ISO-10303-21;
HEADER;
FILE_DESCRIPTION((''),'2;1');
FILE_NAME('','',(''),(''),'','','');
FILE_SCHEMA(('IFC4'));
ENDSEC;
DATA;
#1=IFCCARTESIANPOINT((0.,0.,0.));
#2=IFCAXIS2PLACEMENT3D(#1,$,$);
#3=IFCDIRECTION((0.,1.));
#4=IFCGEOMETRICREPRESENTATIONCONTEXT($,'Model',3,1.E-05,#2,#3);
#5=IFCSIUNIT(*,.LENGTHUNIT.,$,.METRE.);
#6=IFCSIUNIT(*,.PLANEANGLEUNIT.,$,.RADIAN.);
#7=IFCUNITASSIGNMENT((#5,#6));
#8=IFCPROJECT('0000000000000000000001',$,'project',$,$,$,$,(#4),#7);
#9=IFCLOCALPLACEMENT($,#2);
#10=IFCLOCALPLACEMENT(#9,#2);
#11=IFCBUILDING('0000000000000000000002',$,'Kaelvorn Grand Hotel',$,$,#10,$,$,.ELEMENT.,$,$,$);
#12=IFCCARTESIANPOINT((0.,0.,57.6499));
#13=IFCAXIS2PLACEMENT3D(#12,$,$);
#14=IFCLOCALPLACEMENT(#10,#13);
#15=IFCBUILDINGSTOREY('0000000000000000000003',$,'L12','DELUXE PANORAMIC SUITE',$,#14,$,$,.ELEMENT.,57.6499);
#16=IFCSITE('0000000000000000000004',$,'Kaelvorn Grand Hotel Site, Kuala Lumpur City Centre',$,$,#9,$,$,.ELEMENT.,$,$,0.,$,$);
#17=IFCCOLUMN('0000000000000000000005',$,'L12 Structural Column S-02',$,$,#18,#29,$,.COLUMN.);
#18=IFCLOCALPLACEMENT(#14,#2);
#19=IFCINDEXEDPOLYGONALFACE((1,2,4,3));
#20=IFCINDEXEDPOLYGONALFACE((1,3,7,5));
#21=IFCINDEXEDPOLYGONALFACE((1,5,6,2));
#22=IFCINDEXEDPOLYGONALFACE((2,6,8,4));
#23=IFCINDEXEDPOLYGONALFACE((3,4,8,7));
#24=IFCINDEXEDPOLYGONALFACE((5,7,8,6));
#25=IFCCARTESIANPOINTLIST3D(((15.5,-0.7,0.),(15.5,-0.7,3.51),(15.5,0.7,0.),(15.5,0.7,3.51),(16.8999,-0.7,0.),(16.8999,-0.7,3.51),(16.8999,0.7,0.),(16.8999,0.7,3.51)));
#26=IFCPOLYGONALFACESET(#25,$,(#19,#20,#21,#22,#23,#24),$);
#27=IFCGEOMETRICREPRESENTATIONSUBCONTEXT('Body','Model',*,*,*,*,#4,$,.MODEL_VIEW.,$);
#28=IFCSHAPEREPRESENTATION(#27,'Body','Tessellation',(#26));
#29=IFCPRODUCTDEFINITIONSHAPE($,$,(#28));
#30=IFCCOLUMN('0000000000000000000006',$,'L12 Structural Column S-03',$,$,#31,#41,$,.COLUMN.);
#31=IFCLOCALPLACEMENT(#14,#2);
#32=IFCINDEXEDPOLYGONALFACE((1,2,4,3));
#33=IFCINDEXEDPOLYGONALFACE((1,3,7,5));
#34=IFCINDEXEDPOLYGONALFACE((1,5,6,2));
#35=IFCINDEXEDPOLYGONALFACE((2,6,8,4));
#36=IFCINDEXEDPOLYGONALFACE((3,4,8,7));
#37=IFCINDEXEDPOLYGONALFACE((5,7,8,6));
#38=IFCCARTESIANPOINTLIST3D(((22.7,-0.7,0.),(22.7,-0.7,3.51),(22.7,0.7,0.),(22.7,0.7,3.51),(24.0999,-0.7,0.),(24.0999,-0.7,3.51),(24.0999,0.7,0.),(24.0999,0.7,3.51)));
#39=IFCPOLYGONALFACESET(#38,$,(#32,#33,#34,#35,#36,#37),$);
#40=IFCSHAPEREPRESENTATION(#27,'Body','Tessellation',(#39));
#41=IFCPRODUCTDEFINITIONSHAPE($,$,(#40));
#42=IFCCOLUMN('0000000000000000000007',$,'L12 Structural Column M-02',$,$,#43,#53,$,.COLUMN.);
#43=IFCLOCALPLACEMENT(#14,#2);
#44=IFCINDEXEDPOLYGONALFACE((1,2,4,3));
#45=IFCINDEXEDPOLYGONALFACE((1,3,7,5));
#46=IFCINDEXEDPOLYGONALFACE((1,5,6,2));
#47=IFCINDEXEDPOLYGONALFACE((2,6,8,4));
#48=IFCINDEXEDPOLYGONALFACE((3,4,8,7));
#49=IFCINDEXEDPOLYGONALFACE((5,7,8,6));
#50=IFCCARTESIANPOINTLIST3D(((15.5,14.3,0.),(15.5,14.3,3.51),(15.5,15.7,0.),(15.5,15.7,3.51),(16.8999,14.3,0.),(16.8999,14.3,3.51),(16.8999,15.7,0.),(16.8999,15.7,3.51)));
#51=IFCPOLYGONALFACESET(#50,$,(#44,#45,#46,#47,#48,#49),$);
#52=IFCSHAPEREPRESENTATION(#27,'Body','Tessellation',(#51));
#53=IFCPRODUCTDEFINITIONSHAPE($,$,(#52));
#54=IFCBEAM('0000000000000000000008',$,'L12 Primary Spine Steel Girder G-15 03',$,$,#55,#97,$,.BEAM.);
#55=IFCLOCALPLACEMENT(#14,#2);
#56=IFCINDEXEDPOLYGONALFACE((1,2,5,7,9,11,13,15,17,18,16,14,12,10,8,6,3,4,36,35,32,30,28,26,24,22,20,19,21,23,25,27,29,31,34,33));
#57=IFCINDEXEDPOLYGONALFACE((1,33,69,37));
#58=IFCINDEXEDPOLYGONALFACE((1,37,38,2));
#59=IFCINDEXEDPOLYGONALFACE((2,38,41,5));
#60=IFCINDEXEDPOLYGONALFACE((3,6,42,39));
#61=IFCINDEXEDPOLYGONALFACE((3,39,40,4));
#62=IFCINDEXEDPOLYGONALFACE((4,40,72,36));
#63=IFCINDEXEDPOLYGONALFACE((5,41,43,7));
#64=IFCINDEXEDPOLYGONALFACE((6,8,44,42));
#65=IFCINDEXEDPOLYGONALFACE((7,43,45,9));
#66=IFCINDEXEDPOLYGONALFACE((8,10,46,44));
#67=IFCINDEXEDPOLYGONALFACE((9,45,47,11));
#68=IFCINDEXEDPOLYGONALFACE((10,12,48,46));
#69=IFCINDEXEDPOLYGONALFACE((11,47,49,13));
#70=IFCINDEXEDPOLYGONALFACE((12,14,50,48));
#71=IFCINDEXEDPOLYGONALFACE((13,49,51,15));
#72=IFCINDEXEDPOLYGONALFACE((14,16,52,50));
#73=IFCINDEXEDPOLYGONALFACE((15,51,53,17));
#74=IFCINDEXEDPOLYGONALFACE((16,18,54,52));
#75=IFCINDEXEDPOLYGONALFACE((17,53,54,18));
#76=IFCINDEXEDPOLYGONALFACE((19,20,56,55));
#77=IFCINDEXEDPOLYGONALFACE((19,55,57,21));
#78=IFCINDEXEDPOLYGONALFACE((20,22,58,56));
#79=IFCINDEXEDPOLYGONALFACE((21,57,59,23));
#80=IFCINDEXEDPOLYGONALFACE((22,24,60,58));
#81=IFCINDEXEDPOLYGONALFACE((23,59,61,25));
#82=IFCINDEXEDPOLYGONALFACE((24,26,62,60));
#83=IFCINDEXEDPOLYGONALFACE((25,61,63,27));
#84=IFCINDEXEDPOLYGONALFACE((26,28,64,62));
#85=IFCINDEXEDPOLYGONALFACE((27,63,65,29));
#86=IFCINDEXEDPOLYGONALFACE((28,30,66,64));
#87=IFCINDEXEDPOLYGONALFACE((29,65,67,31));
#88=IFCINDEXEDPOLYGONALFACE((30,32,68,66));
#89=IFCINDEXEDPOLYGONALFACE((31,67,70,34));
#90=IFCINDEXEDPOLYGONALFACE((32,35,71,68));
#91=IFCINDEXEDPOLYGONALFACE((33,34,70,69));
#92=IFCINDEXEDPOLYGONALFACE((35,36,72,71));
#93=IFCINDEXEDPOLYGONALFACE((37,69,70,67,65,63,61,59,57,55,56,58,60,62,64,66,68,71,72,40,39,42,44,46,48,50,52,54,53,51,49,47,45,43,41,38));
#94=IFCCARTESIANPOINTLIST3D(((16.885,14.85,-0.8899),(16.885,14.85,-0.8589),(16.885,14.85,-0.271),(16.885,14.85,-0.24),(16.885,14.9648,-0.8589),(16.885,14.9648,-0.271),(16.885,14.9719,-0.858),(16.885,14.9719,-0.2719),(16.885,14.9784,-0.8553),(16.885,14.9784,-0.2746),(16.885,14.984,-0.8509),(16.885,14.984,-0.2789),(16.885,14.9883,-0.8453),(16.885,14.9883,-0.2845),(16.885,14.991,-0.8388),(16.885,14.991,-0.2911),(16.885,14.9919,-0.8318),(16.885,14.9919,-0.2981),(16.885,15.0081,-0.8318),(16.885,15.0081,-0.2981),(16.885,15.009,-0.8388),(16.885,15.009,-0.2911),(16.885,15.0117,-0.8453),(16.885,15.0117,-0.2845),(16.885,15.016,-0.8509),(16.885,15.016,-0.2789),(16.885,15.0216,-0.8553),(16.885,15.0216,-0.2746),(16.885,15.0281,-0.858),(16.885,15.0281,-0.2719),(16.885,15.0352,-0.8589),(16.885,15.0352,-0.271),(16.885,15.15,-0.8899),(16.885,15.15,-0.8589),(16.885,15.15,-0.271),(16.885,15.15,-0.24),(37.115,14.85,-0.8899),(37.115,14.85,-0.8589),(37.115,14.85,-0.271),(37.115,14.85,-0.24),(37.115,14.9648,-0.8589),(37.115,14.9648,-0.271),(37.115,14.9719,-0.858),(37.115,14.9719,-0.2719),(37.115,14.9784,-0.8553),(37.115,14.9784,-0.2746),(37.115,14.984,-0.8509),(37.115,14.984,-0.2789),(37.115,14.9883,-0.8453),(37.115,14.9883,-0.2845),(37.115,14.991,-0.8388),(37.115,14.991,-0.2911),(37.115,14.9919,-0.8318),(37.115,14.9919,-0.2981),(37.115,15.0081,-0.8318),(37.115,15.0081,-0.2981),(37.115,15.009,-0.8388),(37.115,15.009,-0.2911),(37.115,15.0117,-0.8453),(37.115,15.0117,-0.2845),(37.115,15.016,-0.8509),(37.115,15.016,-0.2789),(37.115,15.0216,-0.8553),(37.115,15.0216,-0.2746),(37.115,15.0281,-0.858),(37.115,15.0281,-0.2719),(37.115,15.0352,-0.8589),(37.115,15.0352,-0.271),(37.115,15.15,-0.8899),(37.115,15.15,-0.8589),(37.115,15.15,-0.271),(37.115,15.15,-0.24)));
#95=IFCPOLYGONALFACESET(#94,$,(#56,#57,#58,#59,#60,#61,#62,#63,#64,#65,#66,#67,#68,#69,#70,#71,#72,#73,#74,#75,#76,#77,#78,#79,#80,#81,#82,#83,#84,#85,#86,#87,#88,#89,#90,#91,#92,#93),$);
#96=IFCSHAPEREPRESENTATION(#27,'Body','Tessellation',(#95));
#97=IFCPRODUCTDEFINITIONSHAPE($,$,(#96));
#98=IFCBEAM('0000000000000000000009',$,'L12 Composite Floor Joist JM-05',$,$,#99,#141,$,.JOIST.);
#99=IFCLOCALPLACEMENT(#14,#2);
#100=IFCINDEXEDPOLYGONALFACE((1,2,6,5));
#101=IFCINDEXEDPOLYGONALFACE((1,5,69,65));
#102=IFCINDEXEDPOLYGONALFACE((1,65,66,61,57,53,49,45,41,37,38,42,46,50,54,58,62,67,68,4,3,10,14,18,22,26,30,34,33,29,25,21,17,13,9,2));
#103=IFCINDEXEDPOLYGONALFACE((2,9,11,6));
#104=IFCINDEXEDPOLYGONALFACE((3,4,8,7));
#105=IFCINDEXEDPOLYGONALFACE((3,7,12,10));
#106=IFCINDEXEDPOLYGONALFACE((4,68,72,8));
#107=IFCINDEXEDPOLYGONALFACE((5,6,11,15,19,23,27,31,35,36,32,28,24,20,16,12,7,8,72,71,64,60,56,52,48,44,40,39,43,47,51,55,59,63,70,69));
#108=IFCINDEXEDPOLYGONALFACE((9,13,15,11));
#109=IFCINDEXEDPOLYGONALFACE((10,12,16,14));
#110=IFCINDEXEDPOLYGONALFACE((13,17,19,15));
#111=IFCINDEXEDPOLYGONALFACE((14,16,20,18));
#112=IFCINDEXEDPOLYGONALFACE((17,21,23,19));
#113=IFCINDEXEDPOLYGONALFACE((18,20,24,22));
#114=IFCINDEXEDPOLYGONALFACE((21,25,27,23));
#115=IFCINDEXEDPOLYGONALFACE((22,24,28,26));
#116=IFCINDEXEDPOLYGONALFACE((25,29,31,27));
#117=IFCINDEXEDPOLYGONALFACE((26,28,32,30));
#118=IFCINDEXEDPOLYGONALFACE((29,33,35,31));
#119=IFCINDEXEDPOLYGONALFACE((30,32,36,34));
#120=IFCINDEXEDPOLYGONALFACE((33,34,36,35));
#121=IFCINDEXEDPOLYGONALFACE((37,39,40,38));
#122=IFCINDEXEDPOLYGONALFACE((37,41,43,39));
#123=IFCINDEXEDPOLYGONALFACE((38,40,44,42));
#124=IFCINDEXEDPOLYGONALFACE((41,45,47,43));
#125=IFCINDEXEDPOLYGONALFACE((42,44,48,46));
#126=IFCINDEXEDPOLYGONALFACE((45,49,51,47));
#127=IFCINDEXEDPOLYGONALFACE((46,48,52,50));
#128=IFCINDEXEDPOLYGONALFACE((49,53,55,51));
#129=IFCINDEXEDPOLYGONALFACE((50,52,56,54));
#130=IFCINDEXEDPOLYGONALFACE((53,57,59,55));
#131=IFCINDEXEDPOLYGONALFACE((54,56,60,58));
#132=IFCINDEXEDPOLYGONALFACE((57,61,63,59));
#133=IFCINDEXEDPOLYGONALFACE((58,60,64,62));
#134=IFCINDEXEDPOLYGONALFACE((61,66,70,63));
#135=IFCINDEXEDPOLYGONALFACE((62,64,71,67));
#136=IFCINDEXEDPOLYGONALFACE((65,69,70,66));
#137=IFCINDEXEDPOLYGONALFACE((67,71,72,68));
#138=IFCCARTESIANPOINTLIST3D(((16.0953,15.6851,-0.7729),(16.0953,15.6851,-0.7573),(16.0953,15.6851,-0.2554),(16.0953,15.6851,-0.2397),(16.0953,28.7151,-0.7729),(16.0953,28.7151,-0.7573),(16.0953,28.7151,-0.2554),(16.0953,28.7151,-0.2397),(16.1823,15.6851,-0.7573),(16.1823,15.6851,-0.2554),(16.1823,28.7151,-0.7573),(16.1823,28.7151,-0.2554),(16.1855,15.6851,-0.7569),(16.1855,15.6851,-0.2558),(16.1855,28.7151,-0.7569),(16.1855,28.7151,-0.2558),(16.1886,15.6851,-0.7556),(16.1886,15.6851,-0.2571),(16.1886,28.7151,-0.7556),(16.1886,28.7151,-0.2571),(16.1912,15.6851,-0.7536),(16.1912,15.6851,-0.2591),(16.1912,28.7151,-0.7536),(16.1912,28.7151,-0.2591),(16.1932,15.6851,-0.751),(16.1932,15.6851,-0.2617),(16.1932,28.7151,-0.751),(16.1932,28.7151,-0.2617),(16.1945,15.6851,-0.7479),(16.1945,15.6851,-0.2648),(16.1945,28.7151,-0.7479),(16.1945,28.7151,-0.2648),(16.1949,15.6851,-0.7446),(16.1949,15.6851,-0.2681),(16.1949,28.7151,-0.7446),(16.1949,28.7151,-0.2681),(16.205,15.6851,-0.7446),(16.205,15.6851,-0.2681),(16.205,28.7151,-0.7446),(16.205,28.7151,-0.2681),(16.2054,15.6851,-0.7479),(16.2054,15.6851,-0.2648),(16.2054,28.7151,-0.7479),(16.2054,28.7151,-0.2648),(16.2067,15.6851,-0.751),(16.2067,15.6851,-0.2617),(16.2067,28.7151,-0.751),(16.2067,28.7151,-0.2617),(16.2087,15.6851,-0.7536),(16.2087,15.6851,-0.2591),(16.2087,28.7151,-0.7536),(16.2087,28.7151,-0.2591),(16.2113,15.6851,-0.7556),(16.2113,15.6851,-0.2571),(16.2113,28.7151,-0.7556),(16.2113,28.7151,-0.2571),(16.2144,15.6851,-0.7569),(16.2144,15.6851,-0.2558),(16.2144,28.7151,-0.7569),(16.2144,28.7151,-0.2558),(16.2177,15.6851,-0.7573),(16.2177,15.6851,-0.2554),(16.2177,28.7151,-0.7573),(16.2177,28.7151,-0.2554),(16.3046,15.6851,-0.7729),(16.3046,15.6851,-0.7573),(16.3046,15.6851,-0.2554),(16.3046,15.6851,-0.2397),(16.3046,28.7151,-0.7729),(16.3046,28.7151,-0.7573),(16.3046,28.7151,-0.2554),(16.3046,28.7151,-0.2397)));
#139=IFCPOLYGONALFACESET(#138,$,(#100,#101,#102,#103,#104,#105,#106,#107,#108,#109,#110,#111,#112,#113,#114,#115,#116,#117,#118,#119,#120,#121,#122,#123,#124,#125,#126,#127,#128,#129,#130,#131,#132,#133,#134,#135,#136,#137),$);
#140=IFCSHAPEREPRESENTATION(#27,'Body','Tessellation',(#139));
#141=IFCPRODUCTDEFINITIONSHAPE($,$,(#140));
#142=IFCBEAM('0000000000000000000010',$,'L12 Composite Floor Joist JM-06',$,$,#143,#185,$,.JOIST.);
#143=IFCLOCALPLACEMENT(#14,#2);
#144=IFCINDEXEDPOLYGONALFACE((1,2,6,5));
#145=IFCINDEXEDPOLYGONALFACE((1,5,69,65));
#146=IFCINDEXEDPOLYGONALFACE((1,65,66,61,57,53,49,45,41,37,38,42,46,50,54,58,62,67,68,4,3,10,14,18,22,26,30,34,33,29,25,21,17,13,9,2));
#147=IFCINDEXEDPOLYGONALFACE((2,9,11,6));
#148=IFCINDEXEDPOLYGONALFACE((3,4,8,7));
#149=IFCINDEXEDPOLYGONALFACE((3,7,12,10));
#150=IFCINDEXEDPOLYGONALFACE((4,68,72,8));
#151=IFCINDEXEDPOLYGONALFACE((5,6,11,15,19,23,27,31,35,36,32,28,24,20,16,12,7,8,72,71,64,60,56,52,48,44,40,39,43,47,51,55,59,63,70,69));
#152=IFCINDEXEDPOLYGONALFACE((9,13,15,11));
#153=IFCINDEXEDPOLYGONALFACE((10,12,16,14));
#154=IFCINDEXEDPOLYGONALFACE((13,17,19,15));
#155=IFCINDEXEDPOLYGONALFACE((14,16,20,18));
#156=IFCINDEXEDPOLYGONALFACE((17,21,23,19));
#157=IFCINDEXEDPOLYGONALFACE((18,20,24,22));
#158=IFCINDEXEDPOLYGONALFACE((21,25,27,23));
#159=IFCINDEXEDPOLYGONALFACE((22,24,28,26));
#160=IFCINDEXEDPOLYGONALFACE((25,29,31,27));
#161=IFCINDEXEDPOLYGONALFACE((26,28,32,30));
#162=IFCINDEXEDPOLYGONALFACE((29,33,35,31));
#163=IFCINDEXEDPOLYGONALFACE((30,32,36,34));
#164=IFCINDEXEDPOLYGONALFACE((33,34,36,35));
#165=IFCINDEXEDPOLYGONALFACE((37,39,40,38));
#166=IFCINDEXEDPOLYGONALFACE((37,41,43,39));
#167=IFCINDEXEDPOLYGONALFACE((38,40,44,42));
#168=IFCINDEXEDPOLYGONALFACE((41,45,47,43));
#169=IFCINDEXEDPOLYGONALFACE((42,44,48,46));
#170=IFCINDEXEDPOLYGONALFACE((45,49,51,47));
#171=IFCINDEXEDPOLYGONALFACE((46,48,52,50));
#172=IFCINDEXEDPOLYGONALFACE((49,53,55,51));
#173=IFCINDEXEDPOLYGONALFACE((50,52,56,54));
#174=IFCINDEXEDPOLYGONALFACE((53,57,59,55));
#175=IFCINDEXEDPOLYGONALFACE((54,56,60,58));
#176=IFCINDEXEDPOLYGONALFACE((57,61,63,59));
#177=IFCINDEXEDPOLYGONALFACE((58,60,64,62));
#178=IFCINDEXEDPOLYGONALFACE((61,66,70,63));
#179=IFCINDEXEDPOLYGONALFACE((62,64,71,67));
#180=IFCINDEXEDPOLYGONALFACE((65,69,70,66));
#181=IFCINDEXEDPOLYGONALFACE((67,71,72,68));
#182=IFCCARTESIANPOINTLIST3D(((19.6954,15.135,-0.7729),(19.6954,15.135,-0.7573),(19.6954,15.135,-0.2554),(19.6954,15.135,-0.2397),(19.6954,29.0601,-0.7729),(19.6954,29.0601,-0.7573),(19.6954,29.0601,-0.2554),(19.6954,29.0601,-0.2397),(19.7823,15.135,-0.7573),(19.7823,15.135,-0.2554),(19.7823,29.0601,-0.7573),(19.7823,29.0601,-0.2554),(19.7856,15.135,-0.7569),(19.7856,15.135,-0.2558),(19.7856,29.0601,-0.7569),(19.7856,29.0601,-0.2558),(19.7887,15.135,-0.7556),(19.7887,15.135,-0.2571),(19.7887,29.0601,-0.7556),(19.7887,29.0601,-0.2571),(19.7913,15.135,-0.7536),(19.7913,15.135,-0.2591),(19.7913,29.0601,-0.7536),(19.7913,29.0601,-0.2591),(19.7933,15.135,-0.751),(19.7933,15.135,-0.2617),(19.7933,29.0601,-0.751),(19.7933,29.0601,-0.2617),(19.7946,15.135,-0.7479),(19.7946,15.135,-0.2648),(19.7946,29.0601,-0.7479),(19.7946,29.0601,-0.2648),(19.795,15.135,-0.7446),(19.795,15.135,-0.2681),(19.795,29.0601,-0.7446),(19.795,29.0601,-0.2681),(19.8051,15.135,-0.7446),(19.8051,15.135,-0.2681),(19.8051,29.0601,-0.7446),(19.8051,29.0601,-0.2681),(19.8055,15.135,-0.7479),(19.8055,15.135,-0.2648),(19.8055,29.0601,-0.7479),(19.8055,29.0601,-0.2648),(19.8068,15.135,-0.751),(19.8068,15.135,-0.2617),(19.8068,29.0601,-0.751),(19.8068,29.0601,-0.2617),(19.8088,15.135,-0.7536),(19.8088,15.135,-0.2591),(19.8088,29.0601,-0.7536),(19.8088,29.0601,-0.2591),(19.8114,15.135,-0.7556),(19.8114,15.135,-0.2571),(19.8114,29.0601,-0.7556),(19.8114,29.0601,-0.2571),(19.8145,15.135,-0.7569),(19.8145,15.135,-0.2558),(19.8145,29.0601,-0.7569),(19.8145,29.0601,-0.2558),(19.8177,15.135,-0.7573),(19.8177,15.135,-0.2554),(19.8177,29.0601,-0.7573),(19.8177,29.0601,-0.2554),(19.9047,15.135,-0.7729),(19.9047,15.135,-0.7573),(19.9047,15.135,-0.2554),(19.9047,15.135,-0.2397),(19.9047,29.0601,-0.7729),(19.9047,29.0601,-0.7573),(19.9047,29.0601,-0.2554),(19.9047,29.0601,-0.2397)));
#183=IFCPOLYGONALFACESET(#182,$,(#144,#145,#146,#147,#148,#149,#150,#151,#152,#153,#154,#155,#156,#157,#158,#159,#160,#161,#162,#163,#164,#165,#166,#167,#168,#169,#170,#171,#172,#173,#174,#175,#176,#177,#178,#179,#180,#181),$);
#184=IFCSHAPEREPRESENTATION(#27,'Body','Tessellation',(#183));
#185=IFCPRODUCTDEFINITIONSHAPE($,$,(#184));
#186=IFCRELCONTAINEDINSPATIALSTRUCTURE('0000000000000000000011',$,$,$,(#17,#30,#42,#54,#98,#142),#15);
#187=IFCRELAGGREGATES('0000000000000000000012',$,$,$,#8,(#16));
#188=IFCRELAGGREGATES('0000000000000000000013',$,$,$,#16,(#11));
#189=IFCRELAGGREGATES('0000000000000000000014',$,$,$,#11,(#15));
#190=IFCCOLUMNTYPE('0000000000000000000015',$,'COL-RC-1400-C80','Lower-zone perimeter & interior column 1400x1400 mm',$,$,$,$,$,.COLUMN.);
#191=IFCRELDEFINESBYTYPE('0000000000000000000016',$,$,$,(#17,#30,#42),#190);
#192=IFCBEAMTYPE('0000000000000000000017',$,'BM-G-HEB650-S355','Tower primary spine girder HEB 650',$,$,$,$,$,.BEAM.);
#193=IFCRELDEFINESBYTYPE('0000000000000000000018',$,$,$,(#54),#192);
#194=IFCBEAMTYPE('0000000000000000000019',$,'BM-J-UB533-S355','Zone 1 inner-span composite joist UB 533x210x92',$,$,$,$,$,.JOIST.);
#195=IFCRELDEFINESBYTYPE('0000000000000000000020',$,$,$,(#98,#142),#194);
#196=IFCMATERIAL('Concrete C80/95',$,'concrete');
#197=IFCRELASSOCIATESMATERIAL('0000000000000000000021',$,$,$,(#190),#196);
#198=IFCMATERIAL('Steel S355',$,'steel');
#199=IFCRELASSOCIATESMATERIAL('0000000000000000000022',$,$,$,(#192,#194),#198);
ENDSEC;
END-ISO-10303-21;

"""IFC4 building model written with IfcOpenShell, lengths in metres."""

from ifc_helpers import new_model, si_unit, direction, frame, origin, origin_2d, place, context, subcontext, project, spatial, rectangle, i_section, extrude, material, material_profile, profile_set, type_object, element, save


model = new_model("IFC4")

# Units and contexts
model_context = context("Model", 3, precision=1e-05, world=origin(), true_north=direction((0.0, 1.0)))
body_context = subcontext(model_context, "Body", "Model", "MODEL_VIEW")
ifc_project = project(units=[si_unit("LENGTHUNIT", "METRE"), si_unit("PLANEANGLEUNIT", "RADIAN")], contexts=[model_context])

# Site, building, storey
site_placement = place(None, origin())
site = spatial("IfcSite", under=ifc_project, at=site_placement, Name="Kaelvorn Grand Hotel Site, Kuala Lumpur City Centre", CompositionType="ELEMENT", RefElevation=0.0)
building_placement = place(site_placement, origin())
building = spatial("IfcBuilding", under=site, at=building_placement, Name="Kaelvorn Grand Hotel", CompositionType="ELEMENT")
storey_placement = place(building_placement, frame((0.0, 0.0, 57.6499)))
storey = spatial("IfcBuildingStorey", under=building, at=storey_placement, Name="L12", Description="DELUXE PANORAMIC SUITE", CompositionType="ELEMENT", Elevation=57.6499)

# Columns
ifc_material_1 = material(Name="Concrete C80/95", Category="concrete")
ifc_material_profile_1 = material_profile(ifc_material_1, rectangle(XDim=1.3999, YDim=1.3999, at=origin_2d()), Name="RC COL 1400x1400")
ifc_profile_set_1 = profile_set([ifc_material_profile_1], Name="Concrete C80/95")
column_type = type_object("IfcColumnType", Name="COL-RC-1400-C80", Description="Lower-zone perimeter & interior column 1400x1400 mm", PredefinedType="COLUMN", material=ifc_profile_set_1)
for number, where, z_axis, x_axis, name in (
    (1, (16.2, 0.0, 0.0), (0.0, 0.0, 1.0), (1.0, 0.0, 0.0), "L12 Structural Column S-02"),
    (2, (23.3999, 0.0, 0.0), (0.0, 0.0, 1.0), (1.0, 0.0, 0.0), "L12 Structural Column S-03"),
    (3, (16.2, 15.0, 0.0), (0.0, 0.0, 1.0), (1.0, 0.0, 0.0), "L12 Structural Column M-02"),
):
    element("IfcColumn", number, at=place(storey_placement, frame(where, z_axis=z_axis, x_axis=x_axis)), inside=storey, type_object=column_type, Name=name, PredefinedType="COLUMN", context=body_context, shape_type="SweptSolid", body=[
        extrude(rectangle(XDim=1.3999, YDim=1.3999, at=origin_2d()), origin(), (0.0, 0.0, 1.0), 3.51),
    ])

# Beams
ifc_material_2 = material(Name="Steel S355", Category="steel")
ifc_material_profile_2 = material_profile(ifc_material_2, i_section(OverallWidth=0.3, OverallDepth=0.6499, WebThickness=0.0161, FlangeThickness=0.031, FilletRadius=0.0271, at=origin_2d()), Name="HEB 650")
ifc_profile_set_2 = profile_set([ifc_material_profile_2], Name="Steel S355")
beam_type_1 = type_object("IfcBeamType", Name="BM-G-HEB650-S355", Description="Tower primary spine girder HEB 650", PredefinedType="BEAM", material=ifc_profile_set_2)
beam_1_placement = place(storey_placement, frame((16.885, 15.0, -0.5649), z_axis=(1.0, 0.0, 0.0), x_axis=(0.0, 1.0, 0.0)))
element("IfcBeam", 4, at=beam_1_placement, inside=storey, type_object=beam_type_1, Name="L12 Primary Spine Steel Girder G-15 03", PredefinedType="BEAM", context=body_context, shape_type="SweptSolid", body=[
    extrude(i_section(OverallWidth=0.3, OverallDepth=0.6499, WebThickness=0.0161, FlangeThickness=0.031, FilletRadius=0.0271, at=origin_2d()), origin(), (0.0, 0.0, 1.0), 20.23),
])
ifc_material_profile_3 = material_profile(ifc_material_2, i_section(OverallWidth=0.2092, OverallDepth=0.5332, WebThickness=0.01, FlangeThickness=0.0156, FilletRadius=0.0127, at=origin_2d()), Name="UB 533x210x92")
ifc_profile_set_3 = profile_set([ifc_material_profile_3], Name="Steel S355")
beam_type_2 = type_object("IfcBeamType", Name="BM-J-UB533-S355", Description="Zone 1 inner-span composite joist UB 533x210x92", PredefinedType="JOIST", material=ifc_profile_set_3)
beam_2_placement = place(storey_placement, frame((16.2, 15.6851, -0.5063), z_axis=(0.0, 1.0, 0.0), x_axis=(-1.0, 0.0, 0.0)))
element("IfcBeam", 5, at=beam_2_placement, inside=storey, type_object=beam_type_2, Name="L12 Composite Floor Joist JM-05", PredefinedType="JOIST", context=body_context, shape_type="SweptSolid", body=[
    extrude(i_section(OverallWidth=0.2092, OverallDepth=0.5332, WebThickness=0.01, FlangeThickness=0.0156, FilletRadius=0.0127, at=origin_2d()), origin(), (0.0, 0.0, 1.0), 13.03),
])
beam_3_placement = place(storey_placement, frame((19.8, 15.135, -0.5063), z_axis=(0.0, 1.0, 0.0), x_axis=(-1.0, 0.0, 0.0)))
element("IfcBeam", 6, at=beam_3_placement, inside=storey, type_object=beam_type_2, Name="L12 Composite Floor Joist JM-06", PredefinedType="JOIST", context=body_context, shape_type="SweptSolid", body=[
    extrude(i_section(OverallWidth=0.2092, OverallDepth=0.5332, WebThickness=0.01, FlangeThickness=0.0156, FilletRadius=0.0127, at=origin_2d()), origin(), (0.0, 0.0, 1.0), 13.925),
])

save(model, "model.ifc")
